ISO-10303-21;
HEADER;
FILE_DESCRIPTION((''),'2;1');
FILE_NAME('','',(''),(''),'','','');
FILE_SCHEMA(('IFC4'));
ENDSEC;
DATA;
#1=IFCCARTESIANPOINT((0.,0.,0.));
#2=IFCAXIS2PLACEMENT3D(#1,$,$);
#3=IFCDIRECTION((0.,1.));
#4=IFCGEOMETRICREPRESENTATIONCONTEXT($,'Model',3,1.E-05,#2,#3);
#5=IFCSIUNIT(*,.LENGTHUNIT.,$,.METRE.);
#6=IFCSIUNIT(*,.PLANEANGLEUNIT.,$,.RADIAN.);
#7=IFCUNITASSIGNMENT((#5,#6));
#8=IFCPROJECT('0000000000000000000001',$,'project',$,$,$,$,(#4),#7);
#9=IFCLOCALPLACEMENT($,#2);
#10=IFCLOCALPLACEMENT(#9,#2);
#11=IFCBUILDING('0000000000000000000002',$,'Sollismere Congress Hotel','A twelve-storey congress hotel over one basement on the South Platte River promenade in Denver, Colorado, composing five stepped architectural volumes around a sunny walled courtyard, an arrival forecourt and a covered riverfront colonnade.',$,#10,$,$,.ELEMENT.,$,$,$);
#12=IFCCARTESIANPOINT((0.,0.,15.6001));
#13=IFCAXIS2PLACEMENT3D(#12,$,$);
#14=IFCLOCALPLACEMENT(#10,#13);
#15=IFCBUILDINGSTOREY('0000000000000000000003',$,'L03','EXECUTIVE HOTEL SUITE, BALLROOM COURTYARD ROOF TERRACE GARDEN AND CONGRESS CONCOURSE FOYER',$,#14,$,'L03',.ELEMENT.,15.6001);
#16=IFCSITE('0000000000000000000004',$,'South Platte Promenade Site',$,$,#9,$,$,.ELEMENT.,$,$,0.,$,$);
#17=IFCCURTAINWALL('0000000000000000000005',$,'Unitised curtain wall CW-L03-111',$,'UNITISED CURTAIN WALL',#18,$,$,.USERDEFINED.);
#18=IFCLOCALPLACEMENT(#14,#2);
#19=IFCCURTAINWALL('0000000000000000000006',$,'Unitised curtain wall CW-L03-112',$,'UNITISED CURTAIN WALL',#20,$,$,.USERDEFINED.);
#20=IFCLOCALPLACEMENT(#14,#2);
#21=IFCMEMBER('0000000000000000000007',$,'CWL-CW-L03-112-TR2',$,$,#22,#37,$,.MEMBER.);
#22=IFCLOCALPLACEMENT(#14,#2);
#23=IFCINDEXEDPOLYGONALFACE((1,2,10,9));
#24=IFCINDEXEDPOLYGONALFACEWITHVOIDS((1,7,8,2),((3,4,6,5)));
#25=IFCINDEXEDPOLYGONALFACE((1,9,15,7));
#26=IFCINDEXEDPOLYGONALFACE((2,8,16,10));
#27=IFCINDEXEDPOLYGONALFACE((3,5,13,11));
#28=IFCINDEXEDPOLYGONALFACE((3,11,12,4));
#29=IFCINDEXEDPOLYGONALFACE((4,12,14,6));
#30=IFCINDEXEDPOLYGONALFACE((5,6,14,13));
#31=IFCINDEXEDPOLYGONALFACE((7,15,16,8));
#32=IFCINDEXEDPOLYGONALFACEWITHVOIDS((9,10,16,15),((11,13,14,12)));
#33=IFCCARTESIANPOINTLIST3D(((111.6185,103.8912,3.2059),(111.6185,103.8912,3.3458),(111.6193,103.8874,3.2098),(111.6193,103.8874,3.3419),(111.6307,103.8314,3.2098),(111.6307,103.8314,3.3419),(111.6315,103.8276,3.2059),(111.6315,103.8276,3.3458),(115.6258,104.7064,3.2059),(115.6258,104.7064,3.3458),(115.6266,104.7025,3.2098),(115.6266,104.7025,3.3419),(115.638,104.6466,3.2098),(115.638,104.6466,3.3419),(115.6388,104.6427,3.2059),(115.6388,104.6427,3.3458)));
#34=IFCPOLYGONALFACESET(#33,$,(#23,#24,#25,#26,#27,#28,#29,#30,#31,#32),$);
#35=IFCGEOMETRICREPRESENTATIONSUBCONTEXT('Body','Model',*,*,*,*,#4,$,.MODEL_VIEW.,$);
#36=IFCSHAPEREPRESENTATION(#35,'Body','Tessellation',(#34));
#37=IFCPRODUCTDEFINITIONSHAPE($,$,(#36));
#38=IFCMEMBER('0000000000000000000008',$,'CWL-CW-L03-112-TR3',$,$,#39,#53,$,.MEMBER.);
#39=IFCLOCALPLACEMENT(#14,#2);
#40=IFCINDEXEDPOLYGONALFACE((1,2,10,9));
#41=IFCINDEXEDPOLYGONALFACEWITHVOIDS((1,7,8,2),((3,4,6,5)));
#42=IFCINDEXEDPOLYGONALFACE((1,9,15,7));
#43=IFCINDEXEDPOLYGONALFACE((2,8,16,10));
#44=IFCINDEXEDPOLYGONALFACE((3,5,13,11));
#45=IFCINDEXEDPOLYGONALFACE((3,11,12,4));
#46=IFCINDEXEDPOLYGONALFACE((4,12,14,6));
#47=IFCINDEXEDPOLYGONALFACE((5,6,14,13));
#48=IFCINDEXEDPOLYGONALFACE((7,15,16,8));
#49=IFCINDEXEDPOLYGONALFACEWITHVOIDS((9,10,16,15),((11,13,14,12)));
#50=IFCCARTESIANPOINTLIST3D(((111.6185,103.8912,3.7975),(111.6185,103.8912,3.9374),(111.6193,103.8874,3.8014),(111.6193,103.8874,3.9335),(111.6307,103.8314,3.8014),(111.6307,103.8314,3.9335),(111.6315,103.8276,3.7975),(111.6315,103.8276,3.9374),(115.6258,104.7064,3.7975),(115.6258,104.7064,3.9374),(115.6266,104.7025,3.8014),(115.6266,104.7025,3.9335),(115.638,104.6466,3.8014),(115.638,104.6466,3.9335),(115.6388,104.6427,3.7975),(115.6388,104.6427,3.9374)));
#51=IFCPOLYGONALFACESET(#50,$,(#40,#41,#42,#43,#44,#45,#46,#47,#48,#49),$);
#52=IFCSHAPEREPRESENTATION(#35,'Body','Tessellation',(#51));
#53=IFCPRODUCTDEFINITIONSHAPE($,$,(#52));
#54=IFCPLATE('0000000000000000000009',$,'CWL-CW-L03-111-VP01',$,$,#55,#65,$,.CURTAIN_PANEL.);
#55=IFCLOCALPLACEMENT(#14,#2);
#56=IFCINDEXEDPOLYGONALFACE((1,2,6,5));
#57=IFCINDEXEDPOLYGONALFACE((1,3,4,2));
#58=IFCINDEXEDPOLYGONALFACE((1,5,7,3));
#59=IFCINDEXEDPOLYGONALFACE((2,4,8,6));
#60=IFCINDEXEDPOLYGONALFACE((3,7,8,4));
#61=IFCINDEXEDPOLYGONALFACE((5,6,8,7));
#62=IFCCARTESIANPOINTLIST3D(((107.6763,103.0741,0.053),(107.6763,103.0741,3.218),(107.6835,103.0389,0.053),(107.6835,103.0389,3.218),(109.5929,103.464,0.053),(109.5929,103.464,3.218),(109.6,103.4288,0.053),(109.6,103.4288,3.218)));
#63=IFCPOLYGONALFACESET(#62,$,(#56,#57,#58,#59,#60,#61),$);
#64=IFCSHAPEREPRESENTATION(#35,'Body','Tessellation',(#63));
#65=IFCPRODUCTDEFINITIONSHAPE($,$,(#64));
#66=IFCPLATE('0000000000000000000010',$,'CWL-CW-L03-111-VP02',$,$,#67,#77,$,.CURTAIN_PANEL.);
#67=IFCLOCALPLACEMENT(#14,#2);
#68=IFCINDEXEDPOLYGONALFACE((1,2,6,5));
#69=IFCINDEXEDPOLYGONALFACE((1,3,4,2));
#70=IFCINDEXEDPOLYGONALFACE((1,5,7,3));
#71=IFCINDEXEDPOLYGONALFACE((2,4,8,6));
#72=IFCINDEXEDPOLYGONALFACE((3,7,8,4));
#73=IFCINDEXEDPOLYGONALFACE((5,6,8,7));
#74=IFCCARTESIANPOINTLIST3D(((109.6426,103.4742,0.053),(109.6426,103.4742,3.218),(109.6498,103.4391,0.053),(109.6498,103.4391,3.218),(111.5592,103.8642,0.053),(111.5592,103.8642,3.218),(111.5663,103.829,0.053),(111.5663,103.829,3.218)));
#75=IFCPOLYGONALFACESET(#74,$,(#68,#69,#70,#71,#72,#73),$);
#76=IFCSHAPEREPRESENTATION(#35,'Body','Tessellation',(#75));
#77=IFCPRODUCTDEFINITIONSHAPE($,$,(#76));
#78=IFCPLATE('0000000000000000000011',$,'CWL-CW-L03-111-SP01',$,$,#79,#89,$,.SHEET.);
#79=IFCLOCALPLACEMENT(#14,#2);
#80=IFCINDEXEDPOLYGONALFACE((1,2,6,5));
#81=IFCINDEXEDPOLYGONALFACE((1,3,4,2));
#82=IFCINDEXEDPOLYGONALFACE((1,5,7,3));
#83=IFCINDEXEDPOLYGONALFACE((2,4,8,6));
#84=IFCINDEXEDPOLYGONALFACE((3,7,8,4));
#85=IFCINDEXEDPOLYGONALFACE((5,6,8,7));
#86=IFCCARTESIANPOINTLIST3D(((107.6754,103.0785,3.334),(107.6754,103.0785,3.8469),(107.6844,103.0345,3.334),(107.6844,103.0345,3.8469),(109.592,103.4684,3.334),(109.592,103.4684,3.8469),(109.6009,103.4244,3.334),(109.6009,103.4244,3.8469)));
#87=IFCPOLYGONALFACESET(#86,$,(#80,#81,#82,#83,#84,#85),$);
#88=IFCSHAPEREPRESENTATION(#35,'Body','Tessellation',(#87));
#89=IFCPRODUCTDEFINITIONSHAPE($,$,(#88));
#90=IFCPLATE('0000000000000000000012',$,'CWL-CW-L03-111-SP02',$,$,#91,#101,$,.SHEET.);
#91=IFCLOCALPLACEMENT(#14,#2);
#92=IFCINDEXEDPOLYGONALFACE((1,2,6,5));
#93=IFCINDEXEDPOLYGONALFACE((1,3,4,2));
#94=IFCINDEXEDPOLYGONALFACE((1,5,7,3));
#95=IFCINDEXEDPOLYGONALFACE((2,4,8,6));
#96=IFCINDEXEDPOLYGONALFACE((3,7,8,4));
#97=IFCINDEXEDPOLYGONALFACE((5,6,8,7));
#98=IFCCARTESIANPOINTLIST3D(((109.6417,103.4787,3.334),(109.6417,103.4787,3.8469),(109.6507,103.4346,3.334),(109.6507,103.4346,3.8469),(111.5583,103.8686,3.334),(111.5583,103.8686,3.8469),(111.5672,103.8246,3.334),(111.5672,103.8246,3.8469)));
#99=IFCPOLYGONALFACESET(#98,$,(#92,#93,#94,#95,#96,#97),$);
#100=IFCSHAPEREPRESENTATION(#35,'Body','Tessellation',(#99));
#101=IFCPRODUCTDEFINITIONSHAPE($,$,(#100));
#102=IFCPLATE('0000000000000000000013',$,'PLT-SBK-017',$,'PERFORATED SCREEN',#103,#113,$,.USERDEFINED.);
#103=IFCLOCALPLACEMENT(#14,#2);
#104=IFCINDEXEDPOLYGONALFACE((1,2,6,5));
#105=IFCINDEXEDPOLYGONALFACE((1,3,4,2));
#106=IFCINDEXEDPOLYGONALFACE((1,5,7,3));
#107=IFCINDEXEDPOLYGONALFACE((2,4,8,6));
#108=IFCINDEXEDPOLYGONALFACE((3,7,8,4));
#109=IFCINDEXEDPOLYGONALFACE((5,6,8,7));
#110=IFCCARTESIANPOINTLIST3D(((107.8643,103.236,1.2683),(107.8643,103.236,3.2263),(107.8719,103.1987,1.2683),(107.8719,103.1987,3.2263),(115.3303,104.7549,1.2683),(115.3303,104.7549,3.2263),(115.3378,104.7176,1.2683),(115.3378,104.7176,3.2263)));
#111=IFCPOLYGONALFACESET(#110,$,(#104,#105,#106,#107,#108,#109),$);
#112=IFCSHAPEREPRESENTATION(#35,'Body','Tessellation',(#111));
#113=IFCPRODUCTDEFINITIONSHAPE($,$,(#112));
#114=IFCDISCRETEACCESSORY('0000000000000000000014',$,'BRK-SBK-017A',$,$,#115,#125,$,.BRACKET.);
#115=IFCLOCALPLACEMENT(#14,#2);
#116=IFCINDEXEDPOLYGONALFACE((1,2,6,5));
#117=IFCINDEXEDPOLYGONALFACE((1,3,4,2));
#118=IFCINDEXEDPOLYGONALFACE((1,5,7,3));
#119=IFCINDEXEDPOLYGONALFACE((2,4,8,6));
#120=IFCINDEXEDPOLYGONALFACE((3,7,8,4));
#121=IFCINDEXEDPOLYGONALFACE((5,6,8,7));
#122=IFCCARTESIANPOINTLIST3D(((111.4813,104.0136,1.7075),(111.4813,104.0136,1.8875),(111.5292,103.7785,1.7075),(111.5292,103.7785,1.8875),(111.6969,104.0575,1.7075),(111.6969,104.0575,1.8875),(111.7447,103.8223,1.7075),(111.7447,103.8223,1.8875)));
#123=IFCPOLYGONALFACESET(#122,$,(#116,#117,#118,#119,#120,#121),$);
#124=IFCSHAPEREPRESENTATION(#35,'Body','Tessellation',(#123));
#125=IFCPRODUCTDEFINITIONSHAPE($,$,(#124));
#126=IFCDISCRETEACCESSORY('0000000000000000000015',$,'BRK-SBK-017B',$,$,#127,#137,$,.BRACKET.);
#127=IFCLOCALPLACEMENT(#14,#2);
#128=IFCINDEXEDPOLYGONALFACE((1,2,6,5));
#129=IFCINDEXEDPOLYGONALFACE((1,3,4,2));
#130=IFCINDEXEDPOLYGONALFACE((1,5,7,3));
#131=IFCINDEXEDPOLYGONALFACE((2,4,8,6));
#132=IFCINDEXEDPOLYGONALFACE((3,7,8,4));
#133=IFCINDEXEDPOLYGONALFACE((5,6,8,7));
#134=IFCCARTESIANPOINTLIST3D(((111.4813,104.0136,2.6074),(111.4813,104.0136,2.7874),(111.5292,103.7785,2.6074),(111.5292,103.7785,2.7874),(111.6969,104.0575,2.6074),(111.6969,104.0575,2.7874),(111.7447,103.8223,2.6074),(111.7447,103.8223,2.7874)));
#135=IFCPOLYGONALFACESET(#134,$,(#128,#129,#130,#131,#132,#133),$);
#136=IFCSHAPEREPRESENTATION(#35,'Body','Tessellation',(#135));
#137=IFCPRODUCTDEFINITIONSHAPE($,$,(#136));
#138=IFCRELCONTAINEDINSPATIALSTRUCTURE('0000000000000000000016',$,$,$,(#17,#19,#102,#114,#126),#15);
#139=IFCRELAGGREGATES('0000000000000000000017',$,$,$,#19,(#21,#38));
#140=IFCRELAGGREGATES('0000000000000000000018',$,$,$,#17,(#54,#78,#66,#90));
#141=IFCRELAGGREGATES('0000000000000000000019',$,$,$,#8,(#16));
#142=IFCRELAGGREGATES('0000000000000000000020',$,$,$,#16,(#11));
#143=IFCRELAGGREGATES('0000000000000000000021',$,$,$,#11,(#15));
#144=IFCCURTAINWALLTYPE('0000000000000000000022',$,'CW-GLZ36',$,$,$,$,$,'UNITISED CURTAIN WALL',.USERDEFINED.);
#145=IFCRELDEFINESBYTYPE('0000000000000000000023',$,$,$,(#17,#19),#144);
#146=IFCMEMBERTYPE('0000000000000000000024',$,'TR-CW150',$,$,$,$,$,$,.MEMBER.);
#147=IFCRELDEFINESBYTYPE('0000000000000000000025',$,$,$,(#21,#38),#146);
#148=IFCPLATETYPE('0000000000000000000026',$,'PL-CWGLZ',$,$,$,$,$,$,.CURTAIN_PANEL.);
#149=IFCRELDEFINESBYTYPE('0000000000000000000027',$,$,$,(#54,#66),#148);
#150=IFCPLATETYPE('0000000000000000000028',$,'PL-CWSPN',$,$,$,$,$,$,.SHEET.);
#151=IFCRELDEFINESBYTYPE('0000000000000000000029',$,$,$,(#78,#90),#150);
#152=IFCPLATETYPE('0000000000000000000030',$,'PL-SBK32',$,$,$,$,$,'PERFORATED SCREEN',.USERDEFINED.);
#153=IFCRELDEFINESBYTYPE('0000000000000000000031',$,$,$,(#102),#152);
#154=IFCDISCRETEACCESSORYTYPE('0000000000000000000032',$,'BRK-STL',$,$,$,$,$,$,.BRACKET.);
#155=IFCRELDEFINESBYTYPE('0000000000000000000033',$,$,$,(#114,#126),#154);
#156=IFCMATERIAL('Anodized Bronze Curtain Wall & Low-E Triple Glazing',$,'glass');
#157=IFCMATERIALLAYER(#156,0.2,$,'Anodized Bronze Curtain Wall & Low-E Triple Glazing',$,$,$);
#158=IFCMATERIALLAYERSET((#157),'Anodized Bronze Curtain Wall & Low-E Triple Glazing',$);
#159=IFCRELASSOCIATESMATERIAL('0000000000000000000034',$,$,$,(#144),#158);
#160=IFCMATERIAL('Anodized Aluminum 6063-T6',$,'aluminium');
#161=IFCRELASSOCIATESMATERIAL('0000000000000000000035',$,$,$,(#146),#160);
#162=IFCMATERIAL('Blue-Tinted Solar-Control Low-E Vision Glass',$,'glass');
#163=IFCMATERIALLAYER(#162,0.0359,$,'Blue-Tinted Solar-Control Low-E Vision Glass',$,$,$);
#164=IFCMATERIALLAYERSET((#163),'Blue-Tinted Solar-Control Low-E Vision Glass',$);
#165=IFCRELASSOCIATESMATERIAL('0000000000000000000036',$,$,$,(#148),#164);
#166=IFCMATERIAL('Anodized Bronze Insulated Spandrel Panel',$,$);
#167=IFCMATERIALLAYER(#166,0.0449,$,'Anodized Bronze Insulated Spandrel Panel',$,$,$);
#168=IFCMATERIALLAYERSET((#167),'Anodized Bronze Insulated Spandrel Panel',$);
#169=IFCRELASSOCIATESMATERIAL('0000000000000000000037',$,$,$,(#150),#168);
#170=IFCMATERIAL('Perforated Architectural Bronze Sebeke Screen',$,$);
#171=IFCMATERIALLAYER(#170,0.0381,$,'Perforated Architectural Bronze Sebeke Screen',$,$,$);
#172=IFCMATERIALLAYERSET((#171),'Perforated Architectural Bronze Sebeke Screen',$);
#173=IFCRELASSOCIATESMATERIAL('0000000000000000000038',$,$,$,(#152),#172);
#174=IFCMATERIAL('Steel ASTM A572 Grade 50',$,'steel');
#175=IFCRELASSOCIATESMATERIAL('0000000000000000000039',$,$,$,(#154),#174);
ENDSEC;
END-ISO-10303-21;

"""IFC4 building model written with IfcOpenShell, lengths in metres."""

from ifc_helpers import new_model, si_unit, direction, frame, origin, origin_2d, place, context, subcontext, project, spatial, rectangle, hollow_rectangle, extrude, material, layer, layer_set, material_profile, profile_set, type_object, element, aggregate, save


model = new_model("IFC4")

# Units and contexts
model_context = context("Model", 3, precision=1e-05, world=origin(), true_north=direction((0.0, 1.0)))
body_context = subcontext(model_context, "Body", "Model", "MODEL_VIEW")
ifc_project = project(units=[si_unit("LENGTHUNIT", "METRE"), si_unit("PLANEANGLEUNIT", "RADIAN")], contexts=[model_context])

# Site, building, storey
site_placement = place(None, origin())
site = spatial("IfcSite", under=ifc_project, at=site_placement, Name="South Platte Promenade Site", CompositionType="ELEMENT", RefElevation=0.0)
building_placement = place(site_placement, origin())
building = spatial("IfcBuilding", under=site, at=building_placement, Name="Sollismere Congress Hotel", Description="A twelve-storey congress hotel over one basement on the South Platte River promenade in Denver, Colorado, composing five stepped architectural volumes around a sunny walled courtyard, an arrival forecourt and a covered riverfront colonnade.", CompositionType="ELEMENT")
storey_placement = place(building_placement, frame((0.0, 0.0, 15.6001)))
storey = spatial("IfcBuildingStorey", under=building, at=storey_placement, Name="L03", Description="EXECUTIVE HOTEL SUITE, BALLROOM COURTYARD ROOF TERRACE GARDEN AND CONGRESS CONCOURSE FOYER", LongName="L03", CompositionType="ELEMENT", Elevation=15.6001)

# Curtain wall
ifc_material_1 = material(Name="Anodized Bronze Curtain Wall & Low-E Triple Glazing", Category="glass")
ifc_layer_1 = layer(ifc_material_1, 0.2, Name="Anodized Bronze Curtain Wall & Low-E Triple Glazing")
ifc_layer_set_1 = layer_set([ifc_layer_1], Name="Anodized Bronze Curtain Wall & Low-E Triple Glazing")
curtain_wall_type = type_object("IfcCurtainWallType", Name="CW-GLZ36", ElementType="UNITISED CURTAIN WALL", PredefinedType="USERDEFINED", material=ifc_layer_set_1)
curtain_wall_1_placement = place(storey_placement, origin())
curtain_wall_1 = element("IfcCurtainWall", 1, at=curtain_wall_1_placement, inside=storey, type_object=curtain_wall_type, Name="Unitised curtain wall CW-L03-111", ObjectType="UNITISED CURTAIN WALL", PredefinedType="USERDEFINED")
ifc_material_2 = material(Name="Anodized Aluminum 6063-T6", Category="aluminium")

# Curtain wall
curtain_wall_2_placement = place(storey_placement, origin())
curtain_wall_2 = element("IfcCurtainWall", 2, at=curtain_wall_2_placement, inside=storey, type_object=curtain_wall_type, Name="Unitised curtain wall CW-L03-112", ObjectType="UNITISED CURTAIN WALL", PredefinedType="USERDEFINED")

# Members
ifc_material_profile_1 = material_profile(ifc_material_2, hollow_rectangle(XDim=0.0649, YDim=0.1399, WallThickness=0.0039, at=origin_2d()), Name="ALU140X65X4")
ifc_profile_set_1 = profile_set([ifc_material_profile_1], Name="Anodized Aluminum 6063-T6")
member_type_1 = type_object("IfcMemberType", Name="TR-CW150", PredefinedType="MEMBER", material=ifc_profile_set_1)
member_1_placement = place(storey_placement, frame((111.625, 103.8594, 3.2759), z_axis=(0.97993, 0.199341, 0.0), x_axis=(-0.199341, 0.97993, 0.0)))
member_1 = element("IfcMember", 3, at=member_1_placement, type_object=member_type_1, Name="CWL-CW-L03-112-TR2", PredefinedType="MEMBER", context=body_context, shape_type="SweptSolid", body=[
    extrude(hollow_rectangle(XDim=0.0649, YDim=0.1399, WallThickness=0.0039, at=origin_2d()), origin(), (0.0, 0.0, 1.0), 4.0894),
])
member_2_placement = place(storey_placement, frame((111.625, 103.8594, 3.8674), z_axis=(0.97993, 0.199341, 0.0), x_axis=(-0.199341, 0.97993, 0.0)))
member_2 = element("IfcMember", 4, at=member_2_placement, type_object=member_type_1, Name="CWL-CW-L03-112-TR3", PredefinedType="MEMBER", context=body_context, shape_type="SweptSolid", body=[
    extrude(hollow_rectangle(XDim=0.0649, YDim=0.1399, WallThickness=0.0039, at=origin_2d()), origin(), (0.0, 0.0, 1.0), 4.0894),
])
aggregate(curtain_wall_2, [member_1, member_2])

# Plates
ifc_material_3 = material(Name="Blue-Tinted Solar-Control Low-E Vision Glass", Category="glass")
ifc_layer_2 = layer(ifc_material_3, 0.0359, Name="Blue-Tinted Solar-Control Low-E Vision Glass")
ifc_layer_set_2 = layer_set([ifc_layer_2], Name="Blue-Tinted Solar-Control Low-E Vision Glass")
plate_type_1 = type_object("IfcPlateType", Name="PL-CWGLZ", PredefinedType="CURTAIN_PANEL", material=ifc_layer_set_2)
plate_1_placement = place(storey_placement, frame((108.6382, 103.2515, 0.053), z_axis=(0.0, 0.0, 1.0), x_axis=(0.979925, 0.199368, 0.0)))
plate_1 = element("IfcPlate", 5, at=plate_1_placement, type_object=plate_type_1, Name="CWL-CW-L03-111-VP01", PredefinedType="CURTAIN_PANEL", context=body_context, shape_type="SweptSolid", body=[
    extrude(rectangle(XDim=1.9558, YDim=0.0359, at=origin_2d()), origin(), (0.0, 0.0, 1.0), 3.165),
])
plate_2_placement = place(storey_placement, frame((110.6045, 103.6516, 0.053), z_axis=(0.0, 0.0, 1.0), x_axis=(0.979925, 0.199368, 0.0)))
plate_2 = element("IfcPlate", 6, at=plate_2_placement, type_object=plate_type_1, Name="CWL-CW-L03-111-VP02", PredefinedType="CURTAIN_PANEL", context=body_context, shape_type="SweptSolid", body=[
    extrude(rectangle(XDim=1.9558, YDim=0.0359, at=origin_2d()), origin(), (0.0, 0.0, 1.0), 3.165),
])
ifc_material_4 = material(Name="Anodized Bronze Insulated Spandrel Panel")
ifc_layer_3 = layer(ifc_material_4, 0.0449, Name="Anodized Bronze Insulated Spandrel Panel")
ifc_layer_set_3 = layer_set([ifc_layer_3], Name="Anodized Bronze Insulated Spandrel Panel")
plate_type_2 = type_object("IfcPlateType", Name="PL-CWSPN", PredefinedType="SHEET", material=ifc_layer_set_3)
plate_3_placement = place(storey_placement, frame((108.6382, 103.2515, 3.334), z_axis=(0.0, 0.0, 1.0), x_axis=(0.979925, 0.199368, 0.0)))
plate_3 = element("IfcPlate", 7, at=plate_3_placement, type_object=plate_type_2, Name="CWL-CW-L03-111-SP01", PredefinedType="SHEET", context=body_context, shape_type="SweptSolid", body=[
    extrude(rectangle(XDim=1.9558, YDim=0.0449, at=origin_2d()), origin(), (0.0, 0.0, 1.0), 0.5129),
])
plate_4_placement = place(storey_placement, frame((110.6045, 103.6516, 3.334), z_axis=(0.0, 0.0, 1.0), x_axis=(0.979925, 0.199368, 0.0)))
plate_4 = element("IfcPlate", 8, at=plate_4_placement, type_object=plate_type_2, Name="CWL-CW-L03-111-SP02", PredefinedType="SHEET", context=body_context, shape_type="SweptSolid", body=[
    extrude(rectangle(XDim=1.9558, YDim=0.0449, at=origin_2d()), origin(), (0.0, 0.0, 1.0), 0.5129),
])
aggregate(curtain_wall_1, [plate_1, plate_3, plate_2, plate_4])
ifc_material_5 = material(Name="Perforated Architectural Bronze Sebeke Screen")
ifc_layer_4 = layer(ifc_material_5, 0.0381, Name="Perforated Architectural Bronze Sebeke Screen")
ifc_layer_set_4 = layer_set([ifc_layer_4], Name="Perforated Architectural Bronze Sebeke Screen")
plate_type_3 = type_object("IfcPlateType", Name="PL-SBK32", ElementType="PERFORATED SCREEN", PredefinedType="USERDEFINED", material=ifc_layer_set_4)
plate_5_placement = place(storey_placement, frame((111.6011, 103.9768, 1.2683), z_axis=(0.0, 0.0, 1.0), x_axis=(0.979925, 0.199368, 0.0)))
element("IfcPlate", 9, at=plate_5_placement, inside=storey, type_object=plate_type_3, Name="PLT-SBK-017", ObjectType="PERFORATED SCREEN", PredefinedType="USERDEFINED", context=body_context, shape_type="SweptSolid", body=[
    extrude(rectangle(XDim=7.6189, YDim=0.0381, at=origin_2d()), origin(), (0.0, 0.0, 1.0), 1.958),
])

# Discrete accessories
ifc_material_6 = material(Name="Steel ASTM A572 Grade 50", Category="steel")
discrete_accessory_type = type_object("IfcDiscreteAccessoryType", Name="BRK-STL", PredefinedType="BRACKET", material=ifc_material_6)
for number, where, z_axis, x_axis, name in (
    (10, (111.613, 103.918, 1.7075), (0.0, 0.0, 1.0), (0.979925, 0.199368, 0.0), "BRK-SBK-017A"),
    (11, (111.613, 103.918, 2.6074), (0.0, 0.0, 1.0), (0.979925, 0.199368, 0.0), "BRK-SBK-017B"),
):
    element("IfcDiscreteAccessory", number, at=place(storey_placement, frame(where, z_axis=z_axis, x_axis=x_axis)), inside=storey, type_object=discrete_accessory_type, Name=name, PredefinedType="BRACKET", context=body_context, shape_type="SweptSolid", body=[
        extrude(rectangle(XDim=0.22, YDim=0.24, at=origin_2d()), origin(), (0.0, 0.0, 1.0), 0.1799),
    ])

save(model, "model.ifc")
